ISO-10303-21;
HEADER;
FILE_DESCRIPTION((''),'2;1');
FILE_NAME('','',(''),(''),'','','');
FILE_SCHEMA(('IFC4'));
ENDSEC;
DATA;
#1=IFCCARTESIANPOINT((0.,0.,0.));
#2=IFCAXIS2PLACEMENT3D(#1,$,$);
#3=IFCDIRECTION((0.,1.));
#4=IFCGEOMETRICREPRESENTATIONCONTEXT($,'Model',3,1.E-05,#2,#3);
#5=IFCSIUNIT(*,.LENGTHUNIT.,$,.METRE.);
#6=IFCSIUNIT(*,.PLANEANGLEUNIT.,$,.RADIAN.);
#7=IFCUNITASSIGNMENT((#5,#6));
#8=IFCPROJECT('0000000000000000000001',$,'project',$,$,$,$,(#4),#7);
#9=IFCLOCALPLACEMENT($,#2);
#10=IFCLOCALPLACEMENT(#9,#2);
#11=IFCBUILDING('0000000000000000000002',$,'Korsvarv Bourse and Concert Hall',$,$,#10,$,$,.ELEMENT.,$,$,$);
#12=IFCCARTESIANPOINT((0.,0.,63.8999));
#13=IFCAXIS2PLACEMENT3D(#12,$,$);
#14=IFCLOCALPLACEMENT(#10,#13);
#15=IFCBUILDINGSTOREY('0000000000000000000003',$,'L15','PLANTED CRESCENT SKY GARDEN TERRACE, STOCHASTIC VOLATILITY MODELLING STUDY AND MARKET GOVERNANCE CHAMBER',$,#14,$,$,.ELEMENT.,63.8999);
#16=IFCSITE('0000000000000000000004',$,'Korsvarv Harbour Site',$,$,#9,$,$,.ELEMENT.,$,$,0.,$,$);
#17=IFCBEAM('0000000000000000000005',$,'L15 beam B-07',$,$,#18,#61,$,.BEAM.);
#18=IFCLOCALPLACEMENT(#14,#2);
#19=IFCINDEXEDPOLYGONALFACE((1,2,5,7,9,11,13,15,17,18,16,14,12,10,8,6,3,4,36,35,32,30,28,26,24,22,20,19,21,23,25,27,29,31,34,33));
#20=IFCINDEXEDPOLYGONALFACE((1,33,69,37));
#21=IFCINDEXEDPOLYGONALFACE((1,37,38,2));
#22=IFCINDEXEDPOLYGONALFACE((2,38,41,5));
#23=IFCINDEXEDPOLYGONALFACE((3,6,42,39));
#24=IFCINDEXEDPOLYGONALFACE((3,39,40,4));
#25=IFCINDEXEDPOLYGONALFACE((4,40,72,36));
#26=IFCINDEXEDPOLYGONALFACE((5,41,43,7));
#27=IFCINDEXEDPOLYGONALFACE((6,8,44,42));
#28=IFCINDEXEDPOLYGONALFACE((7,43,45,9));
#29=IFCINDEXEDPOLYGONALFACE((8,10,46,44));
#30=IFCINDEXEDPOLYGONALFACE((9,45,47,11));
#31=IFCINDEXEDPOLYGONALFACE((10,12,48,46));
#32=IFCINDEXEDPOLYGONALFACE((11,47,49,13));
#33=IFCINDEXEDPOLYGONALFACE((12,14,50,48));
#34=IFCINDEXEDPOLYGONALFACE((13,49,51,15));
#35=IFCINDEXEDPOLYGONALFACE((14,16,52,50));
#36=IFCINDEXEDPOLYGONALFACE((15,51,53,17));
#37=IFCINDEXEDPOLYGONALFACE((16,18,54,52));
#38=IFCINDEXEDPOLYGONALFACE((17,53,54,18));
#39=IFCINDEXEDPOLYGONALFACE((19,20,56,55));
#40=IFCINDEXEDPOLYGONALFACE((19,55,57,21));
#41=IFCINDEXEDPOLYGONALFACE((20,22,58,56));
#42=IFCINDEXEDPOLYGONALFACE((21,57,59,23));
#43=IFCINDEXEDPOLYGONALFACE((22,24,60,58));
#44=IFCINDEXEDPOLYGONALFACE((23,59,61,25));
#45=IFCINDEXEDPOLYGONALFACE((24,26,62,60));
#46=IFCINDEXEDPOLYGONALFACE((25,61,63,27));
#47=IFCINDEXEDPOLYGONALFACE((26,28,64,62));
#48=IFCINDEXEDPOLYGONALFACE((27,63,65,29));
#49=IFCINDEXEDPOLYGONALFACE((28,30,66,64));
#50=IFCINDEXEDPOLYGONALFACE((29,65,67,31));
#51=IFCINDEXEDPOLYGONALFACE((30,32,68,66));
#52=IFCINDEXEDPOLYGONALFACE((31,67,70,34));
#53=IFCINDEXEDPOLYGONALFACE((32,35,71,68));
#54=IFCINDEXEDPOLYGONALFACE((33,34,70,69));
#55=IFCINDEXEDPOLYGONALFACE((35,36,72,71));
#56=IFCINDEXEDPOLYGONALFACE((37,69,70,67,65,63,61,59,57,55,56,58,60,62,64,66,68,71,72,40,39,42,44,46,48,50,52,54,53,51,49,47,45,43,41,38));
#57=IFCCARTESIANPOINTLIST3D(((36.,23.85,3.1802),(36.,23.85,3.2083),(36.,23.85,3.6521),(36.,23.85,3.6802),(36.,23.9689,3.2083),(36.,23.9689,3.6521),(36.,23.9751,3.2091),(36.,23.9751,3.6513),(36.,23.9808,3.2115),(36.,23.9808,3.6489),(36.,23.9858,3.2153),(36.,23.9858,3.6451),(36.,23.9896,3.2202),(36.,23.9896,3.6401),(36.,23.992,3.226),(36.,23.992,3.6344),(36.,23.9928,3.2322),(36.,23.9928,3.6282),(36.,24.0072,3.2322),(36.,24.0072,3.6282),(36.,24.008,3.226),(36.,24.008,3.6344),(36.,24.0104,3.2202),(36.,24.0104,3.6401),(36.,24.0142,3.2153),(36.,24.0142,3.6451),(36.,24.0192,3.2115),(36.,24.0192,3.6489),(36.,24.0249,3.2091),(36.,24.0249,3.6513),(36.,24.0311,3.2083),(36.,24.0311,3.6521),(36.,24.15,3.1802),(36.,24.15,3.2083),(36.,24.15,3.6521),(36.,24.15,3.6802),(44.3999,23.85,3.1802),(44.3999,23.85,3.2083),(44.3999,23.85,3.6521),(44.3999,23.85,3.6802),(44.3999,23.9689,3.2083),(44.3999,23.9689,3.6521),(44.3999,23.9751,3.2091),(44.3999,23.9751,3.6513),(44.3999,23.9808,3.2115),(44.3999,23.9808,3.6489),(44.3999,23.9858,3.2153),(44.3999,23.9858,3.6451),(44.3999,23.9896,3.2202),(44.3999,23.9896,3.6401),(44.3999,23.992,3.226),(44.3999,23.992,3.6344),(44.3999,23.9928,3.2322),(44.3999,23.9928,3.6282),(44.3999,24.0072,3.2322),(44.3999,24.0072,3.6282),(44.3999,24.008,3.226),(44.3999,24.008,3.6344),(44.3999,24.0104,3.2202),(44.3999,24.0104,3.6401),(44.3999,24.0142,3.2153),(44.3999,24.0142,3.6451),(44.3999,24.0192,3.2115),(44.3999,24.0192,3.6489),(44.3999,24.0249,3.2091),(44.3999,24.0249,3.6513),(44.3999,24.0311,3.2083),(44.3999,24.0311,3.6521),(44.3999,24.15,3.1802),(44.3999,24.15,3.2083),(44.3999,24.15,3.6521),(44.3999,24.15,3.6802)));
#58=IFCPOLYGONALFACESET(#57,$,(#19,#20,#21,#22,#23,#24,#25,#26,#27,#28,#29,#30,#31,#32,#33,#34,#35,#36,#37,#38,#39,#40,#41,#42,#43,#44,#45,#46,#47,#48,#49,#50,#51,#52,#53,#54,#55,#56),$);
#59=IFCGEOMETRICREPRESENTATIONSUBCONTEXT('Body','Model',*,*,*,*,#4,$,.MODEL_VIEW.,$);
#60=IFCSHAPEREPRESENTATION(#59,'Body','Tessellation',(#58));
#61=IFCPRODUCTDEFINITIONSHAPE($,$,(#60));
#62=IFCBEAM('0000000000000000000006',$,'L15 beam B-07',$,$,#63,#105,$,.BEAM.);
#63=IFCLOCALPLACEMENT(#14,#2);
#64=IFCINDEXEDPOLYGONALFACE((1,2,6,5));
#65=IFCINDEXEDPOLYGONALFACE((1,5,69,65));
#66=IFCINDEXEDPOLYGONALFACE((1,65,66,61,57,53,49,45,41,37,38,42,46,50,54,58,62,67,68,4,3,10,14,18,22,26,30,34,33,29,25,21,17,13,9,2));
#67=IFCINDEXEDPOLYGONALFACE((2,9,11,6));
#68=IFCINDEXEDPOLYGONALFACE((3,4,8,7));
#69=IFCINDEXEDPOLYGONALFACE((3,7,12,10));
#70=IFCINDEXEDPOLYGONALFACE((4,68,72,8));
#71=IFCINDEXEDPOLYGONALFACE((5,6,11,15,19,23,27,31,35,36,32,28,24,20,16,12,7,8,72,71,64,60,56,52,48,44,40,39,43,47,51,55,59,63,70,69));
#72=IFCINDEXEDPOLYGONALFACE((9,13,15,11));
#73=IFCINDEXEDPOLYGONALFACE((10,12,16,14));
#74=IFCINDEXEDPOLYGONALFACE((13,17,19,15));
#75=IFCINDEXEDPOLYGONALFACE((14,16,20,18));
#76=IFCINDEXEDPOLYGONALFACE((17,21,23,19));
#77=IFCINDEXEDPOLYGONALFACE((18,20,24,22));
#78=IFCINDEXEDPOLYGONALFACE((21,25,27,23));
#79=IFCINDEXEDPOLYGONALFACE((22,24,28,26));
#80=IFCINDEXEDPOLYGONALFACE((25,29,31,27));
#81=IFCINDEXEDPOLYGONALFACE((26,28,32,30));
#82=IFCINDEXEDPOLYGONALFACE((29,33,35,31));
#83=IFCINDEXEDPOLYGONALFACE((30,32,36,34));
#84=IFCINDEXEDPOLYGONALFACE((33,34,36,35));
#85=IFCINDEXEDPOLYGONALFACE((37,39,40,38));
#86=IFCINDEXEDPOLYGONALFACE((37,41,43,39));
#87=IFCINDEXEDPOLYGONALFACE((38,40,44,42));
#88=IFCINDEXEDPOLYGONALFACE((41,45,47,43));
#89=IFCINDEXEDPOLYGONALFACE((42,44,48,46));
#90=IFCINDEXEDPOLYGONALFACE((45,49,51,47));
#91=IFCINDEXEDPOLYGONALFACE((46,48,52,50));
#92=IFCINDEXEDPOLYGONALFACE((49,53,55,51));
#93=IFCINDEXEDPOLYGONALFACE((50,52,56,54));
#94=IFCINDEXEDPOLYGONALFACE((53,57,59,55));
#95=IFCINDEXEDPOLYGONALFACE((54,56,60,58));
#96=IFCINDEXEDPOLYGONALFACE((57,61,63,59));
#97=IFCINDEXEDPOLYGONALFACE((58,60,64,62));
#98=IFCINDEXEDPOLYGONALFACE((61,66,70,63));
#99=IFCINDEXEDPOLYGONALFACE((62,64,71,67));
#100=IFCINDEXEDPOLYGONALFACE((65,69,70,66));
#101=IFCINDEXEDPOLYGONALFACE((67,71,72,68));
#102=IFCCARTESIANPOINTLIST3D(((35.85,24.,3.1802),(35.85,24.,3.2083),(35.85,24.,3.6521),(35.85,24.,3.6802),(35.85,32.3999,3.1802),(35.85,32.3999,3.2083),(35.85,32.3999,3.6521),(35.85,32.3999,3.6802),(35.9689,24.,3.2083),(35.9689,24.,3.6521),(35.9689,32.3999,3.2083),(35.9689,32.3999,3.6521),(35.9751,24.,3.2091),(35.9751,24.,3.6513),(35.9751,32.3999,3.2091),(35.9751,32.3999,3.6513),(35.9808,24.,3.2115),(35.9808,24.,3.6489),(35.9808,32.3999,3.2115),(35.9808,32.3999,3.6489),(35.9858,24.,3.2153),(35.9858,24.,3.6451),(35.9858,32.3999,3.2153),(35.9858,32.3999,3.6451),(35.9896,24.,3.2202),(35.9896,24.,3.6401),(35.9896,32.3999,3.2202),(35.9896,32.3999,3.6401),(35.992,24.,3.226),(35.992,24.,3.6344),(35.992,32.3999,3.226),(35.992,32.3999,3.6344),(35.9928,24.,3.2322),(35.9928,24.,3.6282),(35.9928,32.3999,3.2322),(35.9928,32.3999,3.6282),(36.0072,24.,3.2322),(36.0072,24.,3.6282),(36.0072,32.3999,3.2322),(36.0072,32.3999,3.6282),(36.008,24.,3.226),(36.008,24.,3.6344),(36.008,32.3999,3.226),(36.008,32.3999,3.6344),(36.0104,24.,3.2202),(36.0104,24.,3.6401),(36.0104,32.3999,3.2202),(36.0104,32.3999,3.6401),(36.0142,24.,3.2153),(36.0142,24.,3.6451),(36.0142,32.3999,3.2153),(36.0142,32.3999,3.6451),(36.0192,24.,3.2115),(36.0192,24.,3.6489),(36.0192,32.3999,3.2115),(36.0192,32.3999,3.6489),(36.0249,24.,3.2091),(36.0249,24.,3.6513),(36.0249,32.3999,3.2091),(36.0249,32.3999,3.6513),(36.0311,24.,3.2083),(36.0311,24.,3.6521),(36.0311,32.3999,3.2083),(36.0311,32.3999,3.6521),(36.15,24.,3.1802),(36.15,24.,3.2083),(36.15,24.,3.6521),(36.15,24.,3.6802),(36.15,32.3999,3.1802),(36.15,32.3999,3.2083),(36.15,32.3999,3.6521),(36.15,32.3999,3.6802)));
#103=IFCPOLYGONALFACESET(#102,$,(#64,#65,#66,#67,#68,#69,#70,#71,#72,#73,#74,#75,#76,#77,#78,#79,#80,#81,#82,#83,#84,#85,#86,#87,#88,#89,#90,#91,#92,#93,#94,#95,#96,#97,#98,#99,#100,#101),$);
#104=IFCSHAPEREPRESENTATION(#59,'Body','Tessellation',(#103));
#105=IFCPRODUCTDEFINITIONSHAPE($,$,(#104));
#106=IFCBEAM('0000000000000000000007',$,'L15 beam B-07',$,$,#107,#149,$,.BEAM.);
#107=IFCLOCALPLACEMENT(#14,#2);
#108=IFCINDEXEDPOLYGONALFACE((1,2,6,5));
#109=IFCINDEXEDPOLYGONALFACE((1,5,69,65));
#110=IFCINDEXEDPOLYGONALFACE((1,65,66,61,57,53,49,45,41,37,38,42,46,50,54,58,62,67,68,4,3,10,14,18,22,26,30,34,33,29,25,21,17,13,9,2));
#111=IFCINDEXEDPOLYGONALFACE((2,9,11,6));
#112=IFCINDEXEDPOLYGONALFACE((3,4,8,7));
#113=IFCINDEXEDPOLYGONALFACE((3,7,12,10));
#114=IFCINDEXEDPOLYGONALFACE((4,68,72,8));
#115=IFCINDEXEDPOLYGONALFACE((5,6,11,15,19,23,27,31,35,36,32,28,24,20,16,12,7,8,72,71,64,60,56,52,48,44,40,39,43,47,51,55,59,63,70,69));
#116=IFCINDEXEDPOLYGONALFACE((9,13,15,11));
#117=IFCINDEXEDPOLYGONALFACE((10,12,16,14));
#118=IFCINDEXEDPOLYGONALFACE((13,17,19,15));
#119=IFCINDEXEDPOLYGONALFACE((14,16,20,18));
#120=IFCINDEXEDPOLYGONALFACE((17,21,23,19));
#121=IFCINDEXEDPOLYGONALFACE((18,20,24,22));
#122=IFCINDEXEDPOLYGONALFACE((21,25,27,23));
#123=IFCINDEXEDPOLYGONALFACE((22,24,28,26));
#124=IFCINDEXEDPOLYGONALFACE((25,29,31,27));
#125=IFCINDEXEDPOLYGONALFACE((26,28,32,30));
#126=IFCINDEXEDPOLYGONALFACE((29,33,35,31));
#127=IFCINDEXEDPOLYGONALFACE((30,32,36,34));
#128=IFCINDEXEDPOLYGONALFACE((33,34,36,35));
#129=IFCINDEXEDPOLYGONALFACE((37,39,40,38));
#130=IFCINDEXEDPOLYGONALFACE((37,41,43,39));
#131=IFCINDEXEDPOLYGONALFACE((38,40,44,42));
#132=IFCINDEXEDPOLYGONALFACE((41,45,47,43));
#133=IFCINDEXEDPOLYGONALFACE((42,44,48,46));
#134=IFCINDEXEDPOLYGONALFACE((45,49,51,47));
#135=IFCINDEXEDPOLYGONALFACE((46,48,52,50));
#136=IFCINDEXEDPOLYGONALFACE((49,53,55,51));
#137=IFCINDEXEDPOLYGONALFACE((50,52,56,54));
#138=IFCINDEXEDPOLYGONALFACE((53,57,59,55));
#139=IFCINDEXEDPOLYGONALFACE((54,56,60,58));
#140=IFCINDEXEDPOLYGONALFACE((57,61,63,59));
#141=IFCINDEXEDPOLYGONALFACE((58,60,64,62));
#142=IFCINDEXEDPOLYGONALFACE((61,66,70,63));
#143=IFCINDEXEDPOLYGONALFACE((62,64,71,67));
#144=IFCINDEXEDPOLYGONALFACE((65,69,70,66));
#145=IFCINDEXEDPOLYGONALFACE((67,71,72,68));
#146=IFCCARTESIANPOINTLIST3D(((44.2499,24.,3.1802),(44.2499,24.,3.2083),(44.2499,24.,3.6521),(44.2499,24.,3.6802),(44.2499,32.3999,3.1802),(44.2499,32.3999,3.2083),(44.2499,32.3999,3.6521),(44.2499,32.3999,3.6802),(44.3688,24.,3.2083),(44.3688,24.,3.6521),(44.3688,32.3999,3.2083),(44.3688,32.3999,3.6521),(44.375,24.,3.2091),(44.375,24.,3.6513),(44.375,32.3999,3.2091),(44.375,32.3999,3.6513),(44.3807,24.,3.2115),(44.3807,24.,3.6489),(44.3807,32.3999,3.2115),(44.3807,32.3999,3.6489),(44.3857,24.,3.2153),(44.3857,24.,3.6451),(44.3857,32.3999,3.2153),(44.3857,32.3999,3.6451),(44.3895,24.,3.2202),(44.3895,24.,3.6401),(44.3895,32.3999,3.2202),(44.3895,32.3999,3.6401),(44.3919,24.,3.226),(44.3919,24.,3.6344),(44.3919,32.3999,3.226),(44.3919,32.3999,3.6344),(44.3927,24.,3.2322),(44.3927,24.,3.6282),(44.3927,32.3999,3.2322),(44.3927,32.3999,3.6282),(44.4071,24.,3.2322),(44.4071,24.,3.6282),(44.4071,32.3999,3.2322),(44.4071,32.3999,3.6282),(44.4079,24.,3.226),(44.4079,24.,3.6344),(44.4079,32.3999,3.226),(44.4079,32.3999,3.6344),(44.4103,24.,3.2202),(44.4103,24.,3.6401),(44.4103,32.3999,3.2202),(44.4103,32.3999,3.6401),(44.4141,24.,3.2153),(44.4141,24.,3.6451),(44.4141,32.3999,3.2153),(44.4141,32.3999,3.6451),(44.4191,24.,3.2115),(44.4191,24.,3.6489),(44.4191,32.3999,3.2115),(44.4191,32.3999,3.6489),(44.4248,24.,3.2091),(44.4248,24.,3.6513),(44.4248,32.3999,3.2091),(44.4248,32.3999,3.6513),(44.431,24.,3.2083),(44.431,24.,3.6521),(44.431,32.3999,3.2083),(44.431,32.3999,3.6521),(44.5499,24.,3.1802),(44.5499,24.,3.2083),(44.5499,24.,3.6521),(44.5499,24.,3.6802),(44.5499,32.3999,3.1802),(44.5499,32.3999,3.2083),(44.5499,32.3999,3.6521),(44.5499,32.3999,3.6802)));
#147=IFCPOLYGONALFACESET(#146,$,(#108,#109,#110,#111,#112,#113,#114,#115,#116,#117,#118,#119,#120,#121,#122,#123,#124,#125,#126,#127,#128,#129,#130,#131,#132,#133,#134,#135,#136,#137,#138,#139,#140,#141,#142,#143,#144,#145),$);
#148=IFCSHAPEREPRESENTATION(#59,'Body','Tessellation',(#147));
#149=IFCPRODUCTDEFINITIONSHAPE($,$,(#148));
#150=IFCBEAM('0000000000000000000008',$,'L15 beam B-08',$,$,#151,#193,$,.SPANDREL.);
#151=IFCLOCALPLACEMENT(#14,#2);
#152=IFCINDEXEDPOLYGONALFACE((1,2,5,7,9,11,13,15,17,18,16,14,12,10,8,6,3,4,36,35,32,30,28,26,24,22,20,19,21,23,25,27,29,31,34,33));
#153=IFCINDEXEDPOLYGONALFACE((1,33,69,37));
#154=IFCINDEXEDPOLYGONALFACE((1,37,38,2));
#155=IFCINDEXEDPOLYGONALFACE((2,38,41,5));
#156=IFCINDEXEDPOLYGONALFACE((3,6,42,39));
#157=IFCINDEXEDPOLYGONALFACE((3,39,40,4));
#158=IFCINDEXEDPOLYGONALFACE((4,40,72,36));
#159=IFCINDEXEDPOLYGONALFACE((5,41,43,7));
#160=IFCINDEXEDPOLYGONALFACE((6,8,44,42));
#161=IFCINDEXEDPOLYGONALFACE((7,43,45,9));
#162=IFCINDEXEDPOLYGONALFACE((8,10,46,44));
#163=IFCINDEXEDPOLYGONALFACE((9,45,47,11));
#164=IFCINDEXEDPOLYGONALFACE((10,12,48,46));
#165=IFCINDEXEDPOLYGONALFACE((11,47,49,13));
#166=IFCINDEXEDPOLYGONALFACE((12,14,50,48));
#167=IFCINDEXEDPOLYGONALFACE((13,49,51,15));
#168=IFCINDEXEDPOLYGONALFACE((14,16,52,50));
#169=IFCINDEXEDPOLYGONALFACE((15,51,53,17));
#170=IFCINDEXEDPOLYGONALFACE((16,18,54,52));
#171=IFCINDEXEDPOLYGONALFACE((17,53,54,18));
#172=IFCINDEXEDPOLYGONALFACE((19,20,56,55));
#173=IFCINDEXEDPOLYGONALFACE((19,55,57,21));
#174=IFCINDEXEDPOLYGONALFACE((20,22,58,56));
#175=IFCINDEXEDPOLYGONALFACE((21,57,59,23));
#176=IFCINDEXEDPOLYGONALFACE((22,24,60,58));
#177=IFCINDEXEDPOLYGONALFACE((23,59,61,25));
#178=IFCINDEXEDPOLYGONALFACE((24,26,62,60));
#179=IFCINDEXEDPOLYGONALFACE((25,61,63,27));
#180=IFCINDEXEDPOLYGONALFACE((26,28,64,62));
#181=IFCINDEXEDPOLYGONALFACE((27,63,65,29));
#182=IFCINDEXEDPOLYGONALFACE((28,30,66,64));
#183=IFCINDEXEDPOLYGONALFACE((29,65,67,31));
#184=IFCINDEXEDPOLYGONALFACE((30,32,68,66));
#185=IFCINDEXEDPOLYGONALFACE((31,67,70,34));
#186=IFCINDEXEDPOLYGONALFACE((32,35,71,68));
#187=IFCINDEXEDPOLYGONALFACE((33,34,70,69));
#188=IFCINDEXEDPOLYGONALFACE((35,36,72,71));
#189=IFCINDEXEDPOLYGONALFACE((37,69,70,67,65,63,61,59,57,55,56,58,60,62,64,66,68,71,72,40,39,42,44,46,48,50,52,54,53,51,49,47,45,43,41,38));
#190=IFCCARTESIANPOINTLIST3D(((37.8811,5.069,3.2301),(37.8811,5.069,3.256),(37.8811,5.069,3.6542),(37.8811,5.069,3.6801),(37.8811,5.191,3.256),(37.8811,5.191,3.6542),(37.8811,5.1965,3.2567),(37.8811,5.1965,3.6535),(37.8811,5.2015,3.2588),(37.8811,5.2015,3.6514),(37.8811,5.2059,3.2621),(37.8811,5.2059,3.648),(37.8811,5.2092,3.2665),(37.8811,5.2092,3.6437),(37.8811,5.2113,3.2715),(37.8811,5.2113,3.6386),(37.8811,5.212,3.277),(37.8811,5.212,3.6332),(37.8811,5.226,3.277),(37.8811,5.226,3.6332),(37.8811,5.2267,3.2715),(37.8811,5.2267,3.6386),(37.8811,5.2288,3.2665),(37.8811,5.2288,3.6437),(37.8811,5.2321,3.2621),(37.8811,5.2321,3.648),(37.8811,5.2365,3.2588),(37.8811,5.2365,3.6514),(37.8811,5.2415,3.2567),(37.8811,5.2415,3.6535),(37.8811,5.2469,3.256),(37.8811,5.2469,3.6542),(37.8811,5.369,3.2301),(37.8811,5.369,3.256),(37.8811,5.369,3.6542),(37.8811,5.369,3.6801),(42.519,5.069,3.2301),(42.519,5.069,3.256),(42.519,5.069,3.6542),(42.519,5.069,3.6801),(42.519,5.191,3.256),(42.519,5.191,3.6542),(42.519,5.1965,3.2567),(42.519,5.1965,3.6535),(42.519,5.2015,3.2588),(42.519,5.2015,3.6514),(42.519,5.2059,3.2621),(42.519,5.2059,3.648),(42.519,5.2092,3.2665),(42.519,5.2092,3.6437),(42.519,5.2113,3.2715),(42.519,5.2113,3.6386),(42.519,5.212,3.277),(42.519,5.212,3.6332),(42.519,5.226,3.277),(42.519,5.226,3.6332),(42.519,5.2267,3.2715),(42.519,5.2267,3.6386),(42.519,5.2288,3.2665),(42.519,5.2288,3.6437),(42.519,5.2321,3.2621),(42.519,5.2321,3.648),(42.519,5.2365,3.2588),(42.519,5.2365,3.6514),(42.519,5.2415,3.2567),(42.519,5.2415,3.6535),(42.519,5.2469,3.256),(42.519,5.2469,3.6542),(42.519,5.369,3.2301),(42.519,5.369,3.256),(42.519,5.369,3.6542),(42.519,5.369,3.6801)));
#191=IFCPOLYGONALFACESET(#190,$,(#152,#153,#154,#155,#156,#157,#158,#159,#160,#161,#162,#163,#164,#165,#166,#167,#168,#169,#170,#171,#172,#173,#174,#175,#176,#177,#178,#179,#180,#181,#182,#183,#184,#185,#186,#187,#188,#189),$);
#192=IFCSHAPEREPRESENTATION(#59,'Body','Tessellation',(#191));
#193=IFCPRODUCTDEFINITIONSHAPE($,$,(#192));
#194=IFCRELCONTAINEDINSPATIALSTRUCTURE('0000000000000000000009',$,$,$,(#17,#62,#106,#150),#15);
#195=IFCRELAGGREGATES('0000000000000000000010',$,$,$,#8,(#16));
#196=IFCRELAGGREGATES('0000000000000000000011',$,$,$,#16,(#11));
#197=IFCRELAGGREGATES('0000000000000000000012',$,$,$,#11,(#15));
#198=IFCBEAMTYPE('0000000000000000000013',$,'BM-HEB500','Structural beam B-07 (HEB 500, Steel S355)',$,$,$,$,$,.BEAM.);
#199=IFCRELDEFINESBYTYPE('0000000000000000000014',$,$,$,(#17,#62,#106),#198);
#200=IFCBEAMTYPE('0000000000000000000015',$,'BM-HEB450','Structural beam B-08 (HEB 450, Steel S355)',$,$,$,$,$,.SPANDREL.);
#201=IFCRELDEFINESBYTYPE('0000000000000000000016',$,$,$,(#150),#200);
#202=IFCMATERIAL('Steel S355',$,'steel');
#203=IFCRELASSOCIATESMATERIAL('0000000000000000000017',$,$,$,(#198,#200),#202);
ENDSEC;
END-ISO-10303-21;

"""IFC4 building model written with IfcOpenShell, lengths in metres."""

from ifc_helpers import new_model, si_unit, direction, frame, origin, origin_2d, place, context, subcontext, project, spatial, i_section, extrude, source, transform, mapped, material, material_profile, profile_set, type_object, element, save


model = new_model("IFC4")

# Units and contexts
model_context = context("Model", 3, precision=1e-05, world=origin(), true_north=direction((0.0, 1.0)))
body_context = subcontext(model_context, "Body", "Model", "MODEL_VIEW")
ifc_project = project(units=[si_unit("LENGTHUNIT", "METRE"), si_unit("PLANEANGLEUNIT", "RADIAN")], contexts=[model_context])

# Site, building, storey
site_placement = place(None, origin())
site = spatial("IfcSite", under=ifc_project, at=site_placement, Name="Korsvarv Harbour Site", CompositionType="ELEMENT", RefElevation=0.0)
building_placement = place(site_placement, origin())
building = spatial("IfcBuilding", under=site, at=building_placement, Name="Korsvarv Bourse and Concert Hall", CompositionType="ELEMENT")
storey_placement = place(building_placement, frame((0.0, 0.0, 63.8999)))
storey = spatial("IfcBuildingStorey", under=building, at=storey_placement, Name="L15", Description="PLANTED CRESCENT SKY GARDEN TERRACE, STOCHASTIC VOLATILITY MODELLING STUDY AND MARKET GOVERNANCE CHAMBER", CompositionType="ELEMENT", Elevation=63.8999)

# Beams
ifc_material_1 = material(Name="Steel S355", Category="steel")
ifc_material_profile_1 = material_profile(ifc_material_1, i_section(OverallWidth=0.3, OverallDepth=0.5, WebThickness=0.0144, FlangeThickness=0.0281, FilletRadius=0.0239, at=origin_2d()), Name="HEB 500")
ifc_profile_set_1 = profile_set([ifc_material_profile_1], Name="Steel S355")
beam_type_1 = type_object("IfcBeamType", Name="BM-HEB500", Description="Structural beam B-07 (HEB 500, Steel S355)", PredefinedType="BEAM", material=ifc_profile_set_1)
shared_shape_1 = source(origin(), body_context, "Body", "SweptSolid", [
    extrude(i_section(OverallWidth=0.3, OverallDepth=0.5, WebThickness=0.0144, FlangeThickness=0.0281, FilletRadius=0.0239, at=origin_2d()), origin(), (0.0, 0.0, 1.0), 8.3999),
])
for number, where, z_axis, x_axis, name in (
    (1, (36.0, 24.0, 3.4302), (1.0, 0.0, 0.0), (0.0, 1.0, 0.0), "L15 beam B-07"),
    (2, (36.0, 24.0, 3.4302), (0.0, 1.0, 0.0), (-1.0, 0.0, 0.0), "L15 beam B-07"),
    (3, (44.3999, 24.0, 3.4302), (0.0, 1.0, 0.0), (-1.0, 0.0, 0.0), "L15 beam B-07"),
):
    element("IfcBeam", number, at=place(storey_placement, frame(where, z_axis=z_axis, x_axis=x_axis)), inside=storey, type_object=beam_type_1, Name=name, PredefinedType="BEAM", context=body_context, shape_type="MappedRepresentation", body=[
        mapped(shared_shape_1, transform((0.0, 0.0, 0.0), scale=1.0)),
    ])
ifc_material_profile_2 = material_profile(ifc_material_1, i_section(OverallWidth=0.3, OverallDepth=0.45, WebThickness=0.0139, FlangeThickness=0.0259, FilletRadius=0.021, at=origin_2d()), Name="HEB 450")
ifc_profile_set_2 = profile_set([ifc_material_profile_2], Name="Steel S355")
beam_type_2 = type_object("IfcBeamType", Name="BM-HEB450", Description="Structural beam B-08 (HEB 450, Steel S355)", PredefinedType="SPANDREL", material=ifc_profile_set_2)
shared_shape_2 = source(origin(), body_context, "Body", "SweptSolid", [
    extrude(i_section(OverallWidth=0.3, OverallDepth=0.45, WebThickness=0.0139, FlangeThickness=0.0259, FilletRadius=0.021, at=origin_2d()), origin(), (0.0, 0.0, 1.0), 4.6379),
])
beam_1_placement = place(storey_placement, frame((37.8811, 5.219, 3.4551), z_axis=(1.0, 0.0, 0.0), x_axis=(0.0, 1.0, 0.0)))
element("IfcBeam", 4, at=beam_1_placement, inside=storey, type_object=beam_type_2, Name="L15 beam B-08", PredefinedType="SPANDREL", context=body_context, shape_type="MappedRepresentation", body=[
    mapped(shared_shape_2, transform((0.0, 0.0, 0.0), scale=1.0)),
])

save(model, "model.ifc")
